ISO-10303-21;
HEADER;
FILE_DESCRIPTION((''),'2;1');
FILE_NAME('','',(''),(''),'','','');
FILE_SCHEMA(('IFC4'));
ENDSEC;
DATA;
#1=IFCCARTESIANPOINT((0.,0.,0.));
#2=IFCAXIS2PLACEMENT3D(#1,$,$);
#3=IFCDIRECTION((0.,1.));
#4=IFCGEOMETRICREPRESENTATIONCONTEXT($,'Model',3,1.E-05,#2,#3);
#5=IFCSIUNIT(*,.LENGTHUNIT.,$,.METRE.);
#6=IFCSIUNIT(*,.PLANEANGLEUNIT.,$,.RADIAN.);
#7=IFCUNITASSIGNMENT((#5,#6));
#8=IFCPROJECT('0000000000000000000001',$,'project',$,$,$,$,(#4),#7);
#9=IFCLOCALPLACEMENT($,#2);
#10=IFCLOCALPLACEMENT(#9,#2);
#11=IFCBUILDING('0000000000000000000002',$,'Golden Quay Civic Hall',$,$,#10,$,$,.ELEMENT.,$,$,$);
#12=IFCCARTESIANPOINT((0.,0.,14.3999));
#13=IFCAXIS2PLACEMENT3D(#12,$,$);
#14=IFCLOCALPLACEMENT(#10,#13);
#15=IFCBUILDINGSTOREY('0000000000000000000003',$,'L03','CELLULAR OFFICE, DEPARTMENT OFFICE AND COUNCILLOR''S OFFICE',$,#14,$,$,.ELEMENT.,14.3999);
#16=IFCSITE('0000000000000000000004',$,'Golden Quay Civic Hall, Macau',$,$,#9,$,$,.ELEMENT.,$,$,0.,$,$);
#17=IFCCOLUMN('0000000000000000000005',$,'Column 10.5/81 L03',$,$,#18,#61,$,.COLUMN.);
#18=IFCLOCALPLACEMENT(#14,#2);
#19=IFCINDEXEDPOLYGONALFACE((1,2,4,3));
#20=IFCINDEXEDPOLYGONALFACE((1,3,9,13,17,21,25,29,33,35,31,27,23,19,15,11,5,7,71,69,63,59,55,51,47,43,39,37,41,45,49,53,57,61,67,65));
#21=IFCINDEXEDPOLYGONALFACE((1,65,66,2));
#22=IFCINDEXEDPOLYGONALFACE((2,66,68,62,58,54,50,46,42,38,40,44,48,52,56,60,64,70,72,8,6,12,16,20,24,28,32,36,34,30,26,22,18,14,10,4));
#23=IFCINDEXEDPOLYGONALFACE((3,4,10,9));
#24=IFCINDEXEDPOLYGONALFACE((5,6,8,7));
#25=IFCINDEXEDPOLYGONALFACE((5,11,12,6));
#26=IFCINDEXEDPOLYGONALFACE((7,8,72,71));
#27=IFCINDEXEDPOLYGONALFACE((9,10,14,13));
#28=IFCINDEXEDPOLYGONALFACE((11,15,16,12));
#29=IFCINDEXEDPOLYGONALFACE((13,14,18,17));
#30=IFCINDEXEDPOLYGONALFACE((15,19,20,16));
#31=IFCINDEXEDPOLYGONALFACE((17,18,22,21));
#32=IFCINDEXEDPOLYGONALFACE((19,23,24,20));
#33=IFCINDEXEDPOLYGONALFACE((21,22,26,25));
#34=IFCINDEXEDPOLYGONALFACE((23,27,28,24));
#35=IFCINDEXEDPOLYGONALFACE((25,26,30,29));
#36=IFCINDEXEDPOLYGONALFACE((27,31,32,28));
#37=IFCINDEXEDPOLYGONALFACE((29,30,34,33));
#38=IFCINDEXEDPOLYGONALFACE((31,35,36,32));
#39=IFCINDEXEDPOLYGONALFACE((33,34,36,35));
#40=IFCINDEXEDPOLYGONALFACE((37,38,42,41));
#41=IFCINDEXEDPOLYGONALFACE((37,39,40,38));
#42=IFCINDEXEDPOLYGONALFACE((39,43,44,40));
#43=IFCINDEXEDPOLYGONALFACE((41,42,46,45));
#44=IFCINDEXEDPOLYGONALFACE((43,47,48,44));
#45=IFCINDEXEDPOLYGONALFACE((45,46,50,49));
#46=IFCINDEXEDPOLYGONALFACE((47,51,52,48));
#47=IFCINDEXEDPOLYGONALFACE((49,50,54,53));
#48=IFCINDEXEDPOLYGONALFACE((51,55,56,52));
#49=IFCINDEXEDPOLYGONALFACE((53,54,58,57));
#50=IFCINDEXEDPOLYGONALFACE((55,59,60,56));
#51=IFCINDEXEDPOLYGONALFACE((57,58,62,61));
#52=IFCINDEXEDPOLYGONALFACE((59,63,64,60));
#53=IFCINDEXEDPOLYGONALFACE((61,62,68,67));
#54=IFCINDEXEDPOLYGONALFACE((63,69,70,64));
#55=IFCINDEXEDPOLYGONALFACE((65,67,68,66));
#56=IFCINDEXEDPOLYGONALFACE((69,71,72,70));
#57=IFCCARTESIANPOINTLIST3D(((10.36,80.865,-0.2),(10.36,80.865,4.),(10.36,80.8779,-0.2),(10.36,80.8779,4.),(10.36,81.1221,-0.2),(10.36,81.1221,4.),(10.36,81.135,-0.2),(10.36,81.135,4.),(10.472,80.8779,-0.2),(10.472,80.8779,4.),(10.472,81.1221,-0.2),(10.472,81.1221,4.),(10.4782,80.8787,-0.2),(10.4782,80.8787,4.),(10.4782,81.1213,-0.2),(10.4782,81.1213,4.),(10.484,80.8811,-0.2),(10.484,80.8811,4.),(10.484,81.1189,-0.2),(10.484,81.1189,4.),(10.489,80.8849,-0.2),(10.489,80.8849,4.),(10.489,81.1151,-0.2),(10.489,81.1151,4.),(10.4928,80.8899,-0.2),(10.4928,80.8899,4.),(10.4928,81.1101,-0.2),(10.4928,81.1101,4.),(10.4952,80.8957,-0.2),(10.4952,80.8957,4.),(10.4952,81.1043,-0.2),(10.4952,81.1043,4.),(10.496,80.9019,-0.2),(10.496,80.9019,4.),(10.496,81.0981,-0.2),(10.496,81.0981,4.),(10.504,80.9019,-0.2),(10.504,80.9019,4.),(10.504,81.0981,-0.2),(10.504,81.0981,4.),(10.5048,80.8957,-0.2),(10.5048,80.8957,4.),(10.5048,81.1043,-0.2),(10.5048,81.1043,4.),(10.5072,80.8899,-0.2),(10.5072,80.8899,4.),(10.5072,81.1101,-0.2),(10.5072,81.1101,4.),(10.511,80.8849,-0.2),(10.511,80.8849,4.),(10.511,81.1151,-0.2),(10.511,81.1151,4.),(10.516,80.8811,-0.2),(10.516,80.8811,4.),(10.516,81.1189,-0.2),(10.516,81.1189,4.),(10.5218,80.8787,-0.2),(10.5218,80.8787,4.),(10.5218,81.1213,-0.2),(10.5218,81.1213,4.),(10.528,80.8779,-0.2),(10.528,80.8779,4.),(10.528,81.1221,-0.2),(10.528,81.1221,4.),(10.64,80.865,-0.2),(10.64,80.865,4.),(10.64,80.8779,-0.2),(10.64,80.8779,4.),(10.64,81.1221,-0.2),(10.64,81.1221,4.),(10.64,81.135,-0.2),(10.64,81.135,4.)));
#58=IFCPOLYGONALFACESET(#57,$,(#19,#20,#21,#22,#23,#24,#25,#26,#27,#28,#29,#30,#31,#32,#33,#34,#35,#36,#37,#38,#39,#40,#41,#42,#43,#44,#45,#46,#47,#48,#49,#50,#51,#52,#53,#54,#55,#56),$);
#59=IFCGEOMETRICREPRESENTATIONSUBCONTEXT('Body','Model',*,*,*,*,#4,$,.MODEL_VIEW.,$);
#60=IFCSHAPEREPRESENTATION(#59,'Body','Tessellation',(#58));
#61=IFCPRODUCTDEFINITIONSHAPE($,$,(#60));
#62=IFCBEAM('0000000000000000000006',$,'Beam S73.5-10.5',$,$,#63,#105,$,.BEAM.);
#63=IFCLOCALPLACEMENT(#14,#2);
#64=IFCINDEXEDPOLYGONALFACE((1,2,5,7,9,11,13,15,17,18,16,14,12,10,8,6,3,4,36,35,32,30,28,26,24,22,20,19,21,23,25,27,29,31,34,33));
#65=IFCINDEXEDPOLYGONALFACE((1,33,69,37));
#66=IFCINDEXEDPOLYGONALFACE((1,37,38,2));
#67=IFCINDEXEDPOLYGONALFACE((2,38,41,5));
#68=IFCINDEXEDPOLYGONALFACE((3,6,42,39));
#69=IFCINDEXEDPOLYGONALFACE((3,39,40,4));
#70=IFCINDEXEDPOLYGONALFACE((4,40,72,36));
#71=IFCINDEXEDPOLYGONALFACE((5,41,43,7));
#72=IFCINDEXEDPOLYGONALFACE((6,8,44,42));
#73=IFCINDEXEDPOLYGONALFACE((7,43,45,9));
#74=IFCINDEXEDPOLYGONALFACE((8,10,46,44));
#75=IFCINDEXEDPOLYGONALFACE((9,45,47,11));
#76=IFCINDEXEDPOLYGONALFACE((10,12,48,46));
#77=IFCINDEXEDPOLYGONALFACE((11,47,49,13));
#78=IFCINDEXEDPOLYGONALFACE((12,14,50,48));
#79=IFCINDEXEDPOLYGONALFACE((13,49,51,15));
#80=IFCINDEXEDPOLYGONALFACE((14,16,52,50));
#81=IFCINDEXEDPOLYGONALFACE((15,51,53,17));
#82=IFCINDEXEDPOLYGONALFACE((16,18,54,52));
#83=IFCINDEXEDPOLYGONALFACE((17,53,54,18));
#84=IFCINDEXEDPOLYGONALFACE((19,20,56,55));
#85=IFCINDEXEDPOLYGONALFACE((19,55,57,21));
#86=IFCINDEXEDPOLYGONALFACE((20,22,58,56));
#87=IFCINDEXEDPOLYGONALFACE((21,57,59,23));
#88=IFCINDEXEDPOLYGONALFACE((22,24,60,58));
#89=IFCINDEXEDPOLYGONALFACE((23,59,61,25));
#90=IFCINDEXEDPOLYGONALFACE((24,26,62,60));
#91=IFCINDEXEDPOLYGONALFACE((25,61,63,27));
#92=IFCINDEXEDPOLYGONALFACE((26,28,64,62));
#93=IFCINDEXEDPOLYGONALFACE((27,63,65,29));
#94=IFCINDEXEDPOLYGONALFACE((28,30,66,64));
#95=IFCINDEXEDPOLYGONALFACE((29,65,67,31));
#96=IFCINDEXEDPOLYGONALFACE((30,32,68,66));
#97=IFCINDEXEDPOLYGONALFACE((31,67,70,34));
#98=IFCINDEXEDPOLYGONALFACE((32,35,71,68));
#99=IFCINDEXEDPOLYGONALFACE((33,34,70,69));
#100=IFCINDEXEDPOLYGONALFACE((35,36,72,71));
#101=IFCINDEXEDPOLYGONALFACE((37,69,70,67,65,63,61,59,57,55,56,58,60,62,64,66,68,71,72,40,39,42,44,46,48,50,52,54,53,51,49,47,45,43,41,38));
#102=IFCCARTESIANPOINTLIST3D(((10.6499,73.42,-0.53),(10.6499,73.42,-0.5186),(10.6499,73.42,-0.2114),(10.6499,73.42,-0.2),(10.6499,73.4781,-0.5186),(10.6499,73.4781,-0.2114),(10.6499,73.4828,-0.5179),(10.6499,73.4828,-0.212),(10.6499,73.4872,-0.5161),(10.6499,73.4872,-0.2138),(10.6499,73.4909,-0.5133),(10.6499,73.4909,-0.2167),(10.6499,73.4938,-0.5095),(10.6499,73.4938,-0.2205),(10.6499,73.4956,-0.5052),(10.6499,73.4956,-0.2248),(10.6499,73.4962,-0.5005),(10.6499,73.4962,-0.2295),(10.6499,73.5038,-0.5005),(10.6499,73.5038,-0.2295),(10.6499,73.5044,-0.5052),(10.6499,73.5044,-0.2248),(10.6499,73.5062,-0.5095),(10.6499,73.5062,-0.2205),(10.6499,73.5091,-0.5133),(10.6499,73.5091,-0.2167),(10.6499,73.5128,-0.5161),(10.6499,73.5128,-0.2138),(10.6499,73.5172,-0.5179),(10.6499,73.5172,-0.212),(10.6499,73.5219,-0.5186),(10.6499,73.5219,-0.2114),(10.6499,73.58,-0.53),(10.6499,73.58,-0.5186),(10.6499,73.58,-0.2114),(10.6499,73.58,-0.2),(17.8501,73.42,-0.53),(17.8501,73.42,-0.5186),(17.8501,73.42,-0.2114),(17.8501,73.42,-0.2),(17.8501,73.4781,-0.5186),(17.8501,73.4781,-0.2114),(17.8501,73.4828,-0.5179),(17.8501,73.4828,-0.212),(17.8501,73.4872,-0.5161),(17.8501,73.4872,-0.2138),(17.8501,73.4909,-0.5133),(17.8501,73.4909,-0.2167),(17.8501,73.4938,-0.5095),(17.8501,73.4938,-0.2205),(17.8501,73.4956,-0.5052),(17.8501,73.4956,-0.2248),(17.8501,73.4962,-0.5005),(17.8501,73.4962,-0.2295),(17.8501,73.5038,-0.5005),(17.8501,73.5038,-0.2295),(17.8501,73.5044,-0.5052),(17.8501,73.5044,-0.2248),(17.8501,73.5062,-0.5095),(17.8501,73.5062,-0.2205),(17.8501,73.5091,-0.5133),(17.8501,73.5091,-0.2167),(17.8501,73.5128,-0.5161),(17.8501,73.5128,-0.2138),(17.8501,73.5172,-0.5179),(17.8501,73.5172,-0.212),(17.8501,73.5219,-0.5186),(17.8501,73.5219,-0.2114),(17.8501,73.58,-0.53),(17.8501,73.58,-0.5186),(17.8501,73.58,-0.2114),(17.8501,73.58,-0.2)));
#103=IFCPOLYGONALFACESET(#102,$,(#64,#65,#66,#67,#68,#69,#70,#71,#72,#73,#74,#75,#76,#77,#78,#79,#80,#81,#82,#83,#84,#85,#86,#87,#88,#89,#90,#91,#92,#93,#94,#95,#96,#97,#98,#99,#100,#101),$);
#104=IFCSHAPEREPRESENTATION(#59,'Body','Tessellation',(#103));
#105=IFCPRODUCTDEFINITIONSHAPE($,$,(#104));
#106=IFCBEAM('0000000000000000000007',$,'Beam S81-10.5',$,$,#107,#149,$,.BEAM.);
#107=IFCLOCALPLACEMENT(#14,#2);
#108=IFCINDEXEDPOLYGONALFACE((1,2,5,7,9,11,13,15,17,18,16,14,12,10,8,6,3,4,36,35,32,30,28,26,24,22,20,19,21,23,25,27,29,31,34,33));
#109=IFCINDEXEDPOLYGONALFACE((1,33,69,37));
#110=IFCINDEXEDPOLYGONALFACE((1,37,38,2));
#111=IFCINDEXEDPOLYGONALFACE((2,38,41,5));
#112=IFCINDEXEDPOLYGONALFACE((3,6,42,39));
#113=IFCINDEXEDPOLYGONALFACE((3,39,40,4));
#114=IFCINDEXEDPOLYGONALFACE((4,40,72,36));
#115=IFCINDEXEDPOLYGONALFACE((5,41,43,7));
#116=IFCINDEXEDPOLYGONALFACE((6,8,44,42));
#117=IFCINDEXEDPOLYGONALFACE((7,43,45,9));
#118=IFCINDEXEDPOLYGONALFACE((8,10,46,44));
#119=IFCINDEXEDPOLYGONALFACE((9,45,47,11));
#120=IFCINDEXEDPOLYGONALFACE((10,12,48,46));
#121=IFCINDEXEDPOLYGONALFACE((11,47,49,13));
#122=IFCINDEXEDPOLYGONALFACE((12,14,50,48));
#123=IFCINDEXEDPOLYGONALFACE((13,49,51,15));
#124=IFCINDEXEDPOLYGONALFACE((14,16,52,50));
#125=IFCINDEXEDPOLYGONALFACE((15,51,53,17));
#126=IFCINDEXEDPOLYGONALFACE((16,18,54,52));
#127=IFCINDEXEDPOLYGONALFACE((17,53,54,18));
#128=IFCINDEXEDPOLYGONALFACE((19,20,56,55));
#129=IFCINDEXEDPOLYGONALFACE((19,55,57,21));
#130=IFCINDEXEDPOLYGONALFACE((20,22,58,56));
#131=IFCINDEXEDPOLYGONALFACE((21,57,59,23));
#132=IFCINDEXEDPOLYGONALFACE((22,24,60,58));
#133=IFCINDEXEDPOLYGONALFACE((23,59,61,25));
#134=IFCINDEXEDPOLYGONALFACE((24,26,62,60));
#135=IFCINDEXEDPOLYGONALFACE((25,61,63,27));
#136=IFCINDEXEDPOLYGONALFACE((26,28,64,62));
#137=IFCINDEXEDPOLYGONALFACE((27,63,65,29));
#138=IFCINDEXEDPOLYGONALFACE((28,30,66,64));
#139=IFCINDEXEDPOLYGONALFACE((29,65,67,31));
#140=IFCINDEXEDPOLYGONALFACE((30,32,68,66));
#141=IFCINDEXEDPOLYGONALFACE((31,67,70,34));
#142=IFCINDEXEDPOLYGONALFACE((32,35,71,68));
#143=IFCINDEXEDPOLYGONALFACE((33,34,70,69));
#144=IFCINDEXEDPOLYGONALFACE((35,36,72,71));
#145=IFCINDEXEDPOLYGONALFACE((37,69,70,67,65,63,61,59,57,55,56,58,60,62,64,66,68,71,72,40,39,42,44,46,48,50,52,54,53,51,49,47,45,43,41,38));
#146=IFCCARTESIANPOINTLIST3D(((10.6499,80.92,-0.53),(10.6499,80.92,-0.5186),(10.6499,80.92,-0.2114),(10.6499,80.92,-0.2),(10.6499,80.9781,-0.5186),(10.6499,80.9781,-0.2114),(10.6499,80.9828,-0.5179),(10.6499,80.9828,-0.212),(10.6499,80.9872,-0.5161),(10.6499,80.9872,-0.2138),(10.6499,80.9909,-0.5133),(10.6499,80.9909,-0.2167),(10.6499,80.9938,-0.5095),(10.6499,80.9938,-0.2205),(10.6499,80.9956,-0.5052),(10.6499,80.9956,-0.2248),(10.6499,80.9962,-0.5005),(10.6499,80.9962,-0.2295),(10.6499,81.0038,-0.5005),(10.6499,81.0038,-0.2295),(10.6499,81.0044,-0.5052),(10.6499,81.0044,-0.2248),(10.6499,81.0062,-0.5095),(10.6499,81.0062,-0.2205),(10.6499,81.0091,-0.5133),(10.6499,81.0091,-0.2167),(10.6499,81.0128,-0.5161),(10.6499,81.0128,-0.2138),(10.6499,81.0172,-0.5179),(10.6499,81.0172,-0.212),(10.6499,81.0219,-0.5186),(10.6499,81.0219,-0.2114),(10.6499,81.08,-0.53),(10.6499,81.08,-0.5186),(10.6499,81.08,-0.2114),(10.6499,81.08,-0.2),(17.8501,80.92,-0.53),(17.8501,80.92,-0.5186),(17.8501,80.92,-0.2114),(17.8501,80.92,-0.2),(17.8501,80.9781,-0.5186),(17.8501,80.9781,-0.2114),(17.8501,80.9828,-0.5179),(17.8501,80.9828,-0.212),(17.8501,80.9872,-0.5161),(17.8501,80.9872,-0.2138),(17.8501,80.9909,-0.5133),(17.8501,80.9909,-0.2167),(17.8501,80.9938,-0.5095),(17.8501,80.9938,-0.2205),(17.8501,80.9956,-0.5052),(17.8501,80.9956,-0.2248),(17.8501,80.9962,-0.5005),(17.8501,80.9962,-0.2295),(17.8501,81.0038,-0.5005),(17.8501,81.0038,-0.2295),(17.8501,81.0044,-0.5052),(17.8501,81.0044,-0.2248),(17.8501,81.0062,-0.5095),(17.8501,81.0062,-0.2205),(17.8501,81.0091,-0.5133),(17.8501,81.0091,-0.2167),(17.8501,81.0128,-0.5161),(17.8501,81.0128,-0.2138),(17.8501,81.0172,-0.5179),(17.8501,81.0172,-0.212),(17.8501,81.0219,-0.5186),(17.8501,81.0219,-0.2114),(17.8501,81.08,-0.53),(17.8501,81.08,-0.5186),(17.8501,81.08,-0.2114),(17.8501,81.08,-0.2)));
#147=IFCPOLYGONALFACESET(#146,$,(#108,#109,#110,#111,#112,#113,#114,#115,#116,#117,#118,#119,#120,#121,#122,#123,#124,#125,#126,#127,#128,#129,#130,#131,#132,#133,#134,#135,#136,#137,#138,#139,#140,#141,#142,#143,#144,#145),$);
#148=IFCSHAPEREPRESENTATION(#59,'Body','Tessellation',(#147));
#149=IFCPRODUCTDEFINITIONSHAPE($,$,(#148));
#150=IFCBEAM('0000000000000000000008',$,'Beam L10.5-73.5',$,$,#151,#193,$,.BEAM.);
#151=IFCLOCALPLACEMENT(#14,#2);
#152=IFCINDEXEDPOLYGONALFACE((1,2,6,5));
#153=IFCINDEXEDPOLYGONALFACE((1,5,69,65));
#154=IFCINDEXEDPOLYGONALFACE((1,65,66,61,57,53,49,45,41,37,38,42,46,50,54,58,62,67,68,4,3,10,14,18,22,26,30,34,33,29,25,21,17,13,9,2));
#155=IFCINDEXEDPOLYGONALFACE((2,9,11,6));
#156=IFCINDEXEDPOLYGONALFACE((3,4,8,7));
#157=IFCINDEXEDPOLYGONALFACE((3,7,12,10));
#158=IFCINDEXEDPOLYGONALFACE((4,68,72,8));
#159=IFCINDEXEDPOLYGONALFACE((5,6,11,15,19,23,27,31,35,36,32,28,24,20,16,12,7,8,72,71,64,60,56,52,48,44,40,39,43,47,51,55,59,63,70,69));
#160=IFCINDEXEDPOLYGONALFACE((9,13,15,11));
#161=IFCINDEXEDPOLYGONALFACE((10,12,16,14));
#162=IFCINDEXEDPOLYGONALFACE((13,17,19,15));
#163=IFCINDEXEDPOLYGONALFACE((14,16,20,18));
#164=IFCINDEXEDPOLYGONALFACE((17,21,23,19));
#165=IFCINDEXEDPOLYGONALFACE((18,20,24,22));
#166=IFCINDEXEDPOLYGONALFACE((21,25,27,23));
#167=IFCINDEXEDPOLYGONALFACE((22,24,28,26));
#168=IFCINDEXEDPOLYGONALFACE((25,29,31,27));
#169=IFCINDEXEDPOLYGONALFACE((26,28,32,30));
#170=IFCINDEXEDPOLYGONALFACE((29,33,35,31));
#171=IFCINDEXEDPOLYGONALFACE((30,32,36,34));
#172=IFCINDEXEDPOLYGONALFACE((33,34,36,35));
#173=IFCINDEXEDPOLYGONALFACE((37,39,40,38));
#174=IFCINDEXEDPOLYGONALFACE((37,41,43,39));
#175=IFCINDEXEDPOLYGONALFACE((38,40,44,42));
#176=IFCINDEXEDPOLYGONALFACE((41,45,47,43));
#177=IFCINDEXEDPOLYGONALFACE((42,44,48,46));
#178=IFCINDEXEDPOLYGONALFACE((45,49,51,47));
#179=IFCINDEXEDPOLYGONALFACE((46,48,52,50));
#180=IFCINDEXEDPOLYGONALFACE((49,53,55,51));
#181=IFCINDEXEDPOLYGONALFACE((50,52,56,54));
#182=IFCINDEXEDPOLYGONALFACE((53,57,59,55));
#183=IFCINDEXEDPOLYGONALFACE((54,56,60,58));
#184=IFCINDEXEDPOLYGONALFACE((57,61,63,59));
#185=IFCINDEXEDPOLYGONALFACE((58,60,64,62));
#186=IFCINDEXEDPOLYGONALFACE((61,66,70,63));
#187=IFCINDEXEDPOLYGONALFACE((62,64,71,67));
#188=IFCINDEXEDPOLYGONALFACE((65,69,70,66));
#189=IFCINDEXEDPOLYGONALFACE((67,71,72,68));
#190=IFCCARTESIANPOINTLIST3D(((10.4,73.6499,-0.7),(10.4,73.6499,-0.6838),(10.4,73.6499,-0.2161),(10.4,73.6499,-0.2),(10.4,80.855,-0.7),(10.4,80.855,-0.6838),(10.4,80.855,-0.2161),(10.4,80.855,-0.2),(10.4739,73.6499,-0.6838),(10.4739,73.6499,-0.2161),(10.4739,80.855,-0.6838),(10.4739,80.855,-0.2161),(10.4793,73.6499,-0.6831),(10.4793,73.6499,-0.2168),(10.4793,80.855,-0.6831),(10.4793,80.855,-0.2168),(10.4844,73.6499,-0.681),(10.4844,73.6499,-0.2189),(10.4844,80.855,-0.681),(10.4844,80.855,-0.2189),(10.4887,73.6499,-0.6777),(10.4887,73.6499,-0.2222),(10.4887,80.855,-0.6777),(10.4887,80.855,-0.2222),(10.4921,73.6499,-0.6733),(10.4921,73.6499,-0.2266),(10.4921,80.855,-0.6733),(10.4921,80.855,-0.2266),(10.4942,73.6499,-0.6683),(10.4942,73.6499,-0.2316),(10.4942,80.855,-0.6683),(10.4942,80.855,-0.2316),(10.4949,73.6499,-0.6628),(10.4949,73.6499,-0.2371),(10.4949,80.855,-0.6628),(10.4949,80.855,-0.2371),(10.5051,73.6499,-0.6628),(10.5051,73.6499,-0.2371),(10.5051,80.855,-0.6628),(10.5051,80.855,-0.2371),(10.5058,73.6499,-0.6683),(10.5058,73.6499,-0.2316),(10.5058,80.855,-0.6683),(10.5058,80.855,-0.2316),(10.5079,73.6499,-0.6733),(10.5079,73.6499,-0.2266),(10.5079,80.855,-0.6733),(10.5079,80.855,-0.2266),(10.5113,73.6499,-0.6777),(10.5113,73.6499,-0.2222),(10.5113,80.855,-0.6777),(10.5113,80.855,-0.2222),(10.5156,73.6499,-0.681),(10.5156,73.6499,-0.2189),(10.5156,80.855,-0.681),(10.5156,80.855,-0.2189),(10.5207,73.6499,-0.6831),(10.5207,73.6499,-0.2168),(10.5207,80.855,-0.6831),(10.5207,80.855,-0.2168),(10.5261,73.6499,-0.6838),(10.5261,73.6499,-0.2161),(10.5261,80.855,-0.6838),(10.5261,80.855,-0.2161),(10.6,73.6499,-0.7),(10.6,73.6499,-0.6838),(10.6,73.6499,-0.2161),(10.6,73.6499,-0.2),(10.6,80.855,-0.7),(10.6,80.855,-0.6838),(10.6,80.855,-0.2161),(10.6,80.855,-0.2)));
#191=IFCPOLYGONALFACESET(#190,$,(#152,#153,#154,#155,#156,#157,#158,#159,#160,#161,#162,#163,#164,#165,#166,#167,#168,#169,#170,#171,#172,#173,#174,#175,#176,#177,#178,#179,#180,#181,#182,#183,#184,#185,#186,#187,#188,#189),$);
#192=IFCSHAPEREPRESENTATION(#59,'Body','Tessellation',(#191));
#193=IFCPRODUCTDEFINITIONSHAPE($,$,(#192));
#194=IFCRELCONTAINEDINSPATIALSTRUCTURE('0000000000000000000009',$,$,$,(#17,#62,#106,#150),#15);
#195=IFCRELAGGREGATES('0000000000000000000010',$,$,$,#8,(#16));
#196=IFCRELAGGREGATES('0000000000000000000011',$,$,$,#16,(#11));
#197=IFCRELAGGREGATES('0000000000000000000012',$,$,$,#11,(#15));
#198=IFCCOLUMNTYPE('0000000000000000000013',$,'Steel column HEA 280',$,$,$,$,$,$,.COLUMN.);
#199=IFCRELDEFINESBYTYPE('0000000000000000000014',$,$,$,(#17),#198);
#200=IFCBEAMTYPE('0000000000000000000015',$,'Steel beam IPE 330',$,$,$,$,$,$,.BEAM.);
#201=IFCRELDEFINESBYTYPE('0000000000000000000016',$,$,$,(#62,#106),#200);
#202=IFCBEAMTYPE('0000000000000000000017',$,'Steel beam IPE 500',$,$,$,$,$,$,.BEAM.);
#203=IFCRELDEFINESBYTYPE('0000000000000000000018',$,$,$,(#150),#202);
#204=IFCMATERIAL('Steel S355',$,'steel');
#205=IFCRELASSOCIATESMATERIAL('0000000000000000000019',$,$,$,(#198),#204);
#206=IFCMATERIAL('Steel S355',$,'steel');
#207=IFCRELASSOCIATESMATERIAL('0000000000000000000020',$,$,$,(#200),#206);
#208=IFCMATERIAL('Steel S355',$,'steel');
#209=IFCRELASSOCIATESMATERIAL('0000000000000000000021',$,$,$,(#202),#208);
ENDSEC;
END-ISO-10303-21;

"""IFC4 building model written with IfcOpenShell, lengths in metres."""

from ifc_helpers import new_model, si_unit, direction, frame, origin, origin_2d, place, context, subcontext, project, spatial, i_section, extrude, material, material_profile, profile_set, type_object, element, save


model = new_model("IFC4")

# Units and contexts
model_context = context("Model", 3, precision=1e-05, world=origin(), true_north=direction((0.0, 1.0)))
body_context = subcontext(model_context, "Body", "Model", "MODEL_VIEW")
ifc_project = project(units=[si_unit("LENGTHUNIT", "METRE"), si_unit("PLANEANGLEUNIT", "RADIAN")], contexts=[model_context])

# Site, building, storey
site_placement = place(None, origin())
site = spatial("IfcSite", under=ifc_project, at=site_placement, Name="Golden Quay Civic Hall, Macau", CompositionType="ELEMENT", RefElevation=0.0)
building_placement = place(site_placement, origin())
building = spatial("IfcBuilding", under=site, at=building_placement, Name="Golden Quay Civic Hall", CompositionType="ELEMENT")
storey_placement = place(building_placement, frame((0.0, 0.0, 14.3999)))
storey = spatial("IfcBuildingStorey", under=building, at=storey_placement, Name="L03", Description="CELLULAR OFFICE, DEPARTMENT OFFICE AND COUNCILLOR'S OFFICE", CompositionType="ELEMENT", Elevation=14.3999)

# Column
ifc_material_1 = material(Name="Steel S355", Category="steel")
ifc_material_profile_1 = material_profile(ifc_material_1, i_section(OverallWidth=0.28, OverallDepth=0.27, WebThickness=0.0081, FlangeThickness=0.0129, FilletRadius=0.0239, at=origin_2d()), Name="HEA 280")
ifc_profile_set_1 = profile_set([ifc_material_profile_1], Name="Steel S355")
column_type = type_object("IfcColumnType", Name="Steel column HEA 280", PredefinedType="COLUMN", material=ifc_profile_set_1)
column_placement = place(storey_placement, frame((10.5, 81.0, -0.2), z_axis=(0.0, 0.0, 1.0), x_axis=(1.0, 0.0, 0.0)))
element("IfcColumn", 1, at=column_placement, inside=storey, type_object=column_type, Name="Column 10.5/81 L03", PredefinedType="COLUMN", context=body_context, shape_type="SweptSolid", body=[
    extrude(i_section(OverallWidth=0.28, OverallDepth=0.27, WebThickness=0.0081, FlangeThickness=0.0129, FilletRadius=0.0239, at=origin_2d()), origin(), (0.0, 0.0, 1.0), 4.2),
])

# Beams
ifc_material_2 = material(Name="Steel S355", Category="steel")
ifc_material_profile_2 = material_profile(ifc_material_2, i_section(OverallWidth=0.1599, OverallDepth=0.3301, WebThickness=0.0076, FlangeThickness=0.0115, FilletRadius=0.0181, at=origin_2d()), Name="IPE 330")
ifc_profile_set_2 = profile_set([ifc_material_profile_2], Name="Steel S355")
beam_type_1 = type_object("IfcBeamType", Name="Steel beam IPE 330", PredefinedType="BEAM", material=ifc_profile_set_2)
for number, where, z_axis, x_axis, name in (
    (2, (10.6499, 73.5, -0.365), (1.0, 0.0, 0.0), (0.0, 1.0, 0.0), "Beam S73.5-10.5"),
    (3, (10.6499, 81.0, -0.365), (1.0, 0.0, 0.0), (0.0, 1.0, 0.0), "Beam S81-10.5"),
):
    element("IfcBeam", number, at=place(storey_placement, frame(where, z_axis=z_axis, x_axis=x_axis)), inside=storey, type_object=beam_type_1, Name=name, PredefinedType="BEAM", context=body_context, shape_type="SweptSolid", body=[
        extrude(i_section(OverallWidth=0.1599, OverallDepth=0.3301, WebThickness=0.0076, FlangeThickness=0.0115, FilletRadius=0.0181, at=origin_2d()), origin(), (0.0, 0.0, 1.0), 7.2002),
    ])
ifc_material_3 = material(Name="Steel S355", Category="steel")
ifc_material_profile_3 = material_profile(ifc_material_3, i_section(OverallWidth=0.2, OverallDepth=0.5, WebThickness=0.0103, FlangeThickness=0.0161, FilletRadius=0.021, at=origin_2d()), Name="IPE 500")
ifc_profile_set_3 = profile_set([ifc_material_profile_3], Name="Steel S355")
beam_type_2 = type_object("IfcBeamType", Name="Steel beam IPE 500", PredefinedType="BEAM", material=ifc_profile_set_3)
beam_placement = place(storey_placement, frame((10.5, 73.6499, -0.45), z_axis=(0.0, 1.0, 0.0), x_axis=(-1.0, 0.0, 0.0)))
element("IfcBeam", 4, at=beam_placement, inside=storey, type_object=beam_type_2, Name="Beam L10.5-73.5", PredefinedType="BEAM", context=body_context, shape_type="SweptSolid", body=[
    extrude(i_section(OverallWidth=0.2, OverallDepth=0.5, WebThickness=0.0103, FlangeThickness=0.0161, FilletRadius=0.021, at=origin_2d()), origin(), (0.0, 0.0, 1.0), 7.2051),
])

save(model, "model.ifc")
